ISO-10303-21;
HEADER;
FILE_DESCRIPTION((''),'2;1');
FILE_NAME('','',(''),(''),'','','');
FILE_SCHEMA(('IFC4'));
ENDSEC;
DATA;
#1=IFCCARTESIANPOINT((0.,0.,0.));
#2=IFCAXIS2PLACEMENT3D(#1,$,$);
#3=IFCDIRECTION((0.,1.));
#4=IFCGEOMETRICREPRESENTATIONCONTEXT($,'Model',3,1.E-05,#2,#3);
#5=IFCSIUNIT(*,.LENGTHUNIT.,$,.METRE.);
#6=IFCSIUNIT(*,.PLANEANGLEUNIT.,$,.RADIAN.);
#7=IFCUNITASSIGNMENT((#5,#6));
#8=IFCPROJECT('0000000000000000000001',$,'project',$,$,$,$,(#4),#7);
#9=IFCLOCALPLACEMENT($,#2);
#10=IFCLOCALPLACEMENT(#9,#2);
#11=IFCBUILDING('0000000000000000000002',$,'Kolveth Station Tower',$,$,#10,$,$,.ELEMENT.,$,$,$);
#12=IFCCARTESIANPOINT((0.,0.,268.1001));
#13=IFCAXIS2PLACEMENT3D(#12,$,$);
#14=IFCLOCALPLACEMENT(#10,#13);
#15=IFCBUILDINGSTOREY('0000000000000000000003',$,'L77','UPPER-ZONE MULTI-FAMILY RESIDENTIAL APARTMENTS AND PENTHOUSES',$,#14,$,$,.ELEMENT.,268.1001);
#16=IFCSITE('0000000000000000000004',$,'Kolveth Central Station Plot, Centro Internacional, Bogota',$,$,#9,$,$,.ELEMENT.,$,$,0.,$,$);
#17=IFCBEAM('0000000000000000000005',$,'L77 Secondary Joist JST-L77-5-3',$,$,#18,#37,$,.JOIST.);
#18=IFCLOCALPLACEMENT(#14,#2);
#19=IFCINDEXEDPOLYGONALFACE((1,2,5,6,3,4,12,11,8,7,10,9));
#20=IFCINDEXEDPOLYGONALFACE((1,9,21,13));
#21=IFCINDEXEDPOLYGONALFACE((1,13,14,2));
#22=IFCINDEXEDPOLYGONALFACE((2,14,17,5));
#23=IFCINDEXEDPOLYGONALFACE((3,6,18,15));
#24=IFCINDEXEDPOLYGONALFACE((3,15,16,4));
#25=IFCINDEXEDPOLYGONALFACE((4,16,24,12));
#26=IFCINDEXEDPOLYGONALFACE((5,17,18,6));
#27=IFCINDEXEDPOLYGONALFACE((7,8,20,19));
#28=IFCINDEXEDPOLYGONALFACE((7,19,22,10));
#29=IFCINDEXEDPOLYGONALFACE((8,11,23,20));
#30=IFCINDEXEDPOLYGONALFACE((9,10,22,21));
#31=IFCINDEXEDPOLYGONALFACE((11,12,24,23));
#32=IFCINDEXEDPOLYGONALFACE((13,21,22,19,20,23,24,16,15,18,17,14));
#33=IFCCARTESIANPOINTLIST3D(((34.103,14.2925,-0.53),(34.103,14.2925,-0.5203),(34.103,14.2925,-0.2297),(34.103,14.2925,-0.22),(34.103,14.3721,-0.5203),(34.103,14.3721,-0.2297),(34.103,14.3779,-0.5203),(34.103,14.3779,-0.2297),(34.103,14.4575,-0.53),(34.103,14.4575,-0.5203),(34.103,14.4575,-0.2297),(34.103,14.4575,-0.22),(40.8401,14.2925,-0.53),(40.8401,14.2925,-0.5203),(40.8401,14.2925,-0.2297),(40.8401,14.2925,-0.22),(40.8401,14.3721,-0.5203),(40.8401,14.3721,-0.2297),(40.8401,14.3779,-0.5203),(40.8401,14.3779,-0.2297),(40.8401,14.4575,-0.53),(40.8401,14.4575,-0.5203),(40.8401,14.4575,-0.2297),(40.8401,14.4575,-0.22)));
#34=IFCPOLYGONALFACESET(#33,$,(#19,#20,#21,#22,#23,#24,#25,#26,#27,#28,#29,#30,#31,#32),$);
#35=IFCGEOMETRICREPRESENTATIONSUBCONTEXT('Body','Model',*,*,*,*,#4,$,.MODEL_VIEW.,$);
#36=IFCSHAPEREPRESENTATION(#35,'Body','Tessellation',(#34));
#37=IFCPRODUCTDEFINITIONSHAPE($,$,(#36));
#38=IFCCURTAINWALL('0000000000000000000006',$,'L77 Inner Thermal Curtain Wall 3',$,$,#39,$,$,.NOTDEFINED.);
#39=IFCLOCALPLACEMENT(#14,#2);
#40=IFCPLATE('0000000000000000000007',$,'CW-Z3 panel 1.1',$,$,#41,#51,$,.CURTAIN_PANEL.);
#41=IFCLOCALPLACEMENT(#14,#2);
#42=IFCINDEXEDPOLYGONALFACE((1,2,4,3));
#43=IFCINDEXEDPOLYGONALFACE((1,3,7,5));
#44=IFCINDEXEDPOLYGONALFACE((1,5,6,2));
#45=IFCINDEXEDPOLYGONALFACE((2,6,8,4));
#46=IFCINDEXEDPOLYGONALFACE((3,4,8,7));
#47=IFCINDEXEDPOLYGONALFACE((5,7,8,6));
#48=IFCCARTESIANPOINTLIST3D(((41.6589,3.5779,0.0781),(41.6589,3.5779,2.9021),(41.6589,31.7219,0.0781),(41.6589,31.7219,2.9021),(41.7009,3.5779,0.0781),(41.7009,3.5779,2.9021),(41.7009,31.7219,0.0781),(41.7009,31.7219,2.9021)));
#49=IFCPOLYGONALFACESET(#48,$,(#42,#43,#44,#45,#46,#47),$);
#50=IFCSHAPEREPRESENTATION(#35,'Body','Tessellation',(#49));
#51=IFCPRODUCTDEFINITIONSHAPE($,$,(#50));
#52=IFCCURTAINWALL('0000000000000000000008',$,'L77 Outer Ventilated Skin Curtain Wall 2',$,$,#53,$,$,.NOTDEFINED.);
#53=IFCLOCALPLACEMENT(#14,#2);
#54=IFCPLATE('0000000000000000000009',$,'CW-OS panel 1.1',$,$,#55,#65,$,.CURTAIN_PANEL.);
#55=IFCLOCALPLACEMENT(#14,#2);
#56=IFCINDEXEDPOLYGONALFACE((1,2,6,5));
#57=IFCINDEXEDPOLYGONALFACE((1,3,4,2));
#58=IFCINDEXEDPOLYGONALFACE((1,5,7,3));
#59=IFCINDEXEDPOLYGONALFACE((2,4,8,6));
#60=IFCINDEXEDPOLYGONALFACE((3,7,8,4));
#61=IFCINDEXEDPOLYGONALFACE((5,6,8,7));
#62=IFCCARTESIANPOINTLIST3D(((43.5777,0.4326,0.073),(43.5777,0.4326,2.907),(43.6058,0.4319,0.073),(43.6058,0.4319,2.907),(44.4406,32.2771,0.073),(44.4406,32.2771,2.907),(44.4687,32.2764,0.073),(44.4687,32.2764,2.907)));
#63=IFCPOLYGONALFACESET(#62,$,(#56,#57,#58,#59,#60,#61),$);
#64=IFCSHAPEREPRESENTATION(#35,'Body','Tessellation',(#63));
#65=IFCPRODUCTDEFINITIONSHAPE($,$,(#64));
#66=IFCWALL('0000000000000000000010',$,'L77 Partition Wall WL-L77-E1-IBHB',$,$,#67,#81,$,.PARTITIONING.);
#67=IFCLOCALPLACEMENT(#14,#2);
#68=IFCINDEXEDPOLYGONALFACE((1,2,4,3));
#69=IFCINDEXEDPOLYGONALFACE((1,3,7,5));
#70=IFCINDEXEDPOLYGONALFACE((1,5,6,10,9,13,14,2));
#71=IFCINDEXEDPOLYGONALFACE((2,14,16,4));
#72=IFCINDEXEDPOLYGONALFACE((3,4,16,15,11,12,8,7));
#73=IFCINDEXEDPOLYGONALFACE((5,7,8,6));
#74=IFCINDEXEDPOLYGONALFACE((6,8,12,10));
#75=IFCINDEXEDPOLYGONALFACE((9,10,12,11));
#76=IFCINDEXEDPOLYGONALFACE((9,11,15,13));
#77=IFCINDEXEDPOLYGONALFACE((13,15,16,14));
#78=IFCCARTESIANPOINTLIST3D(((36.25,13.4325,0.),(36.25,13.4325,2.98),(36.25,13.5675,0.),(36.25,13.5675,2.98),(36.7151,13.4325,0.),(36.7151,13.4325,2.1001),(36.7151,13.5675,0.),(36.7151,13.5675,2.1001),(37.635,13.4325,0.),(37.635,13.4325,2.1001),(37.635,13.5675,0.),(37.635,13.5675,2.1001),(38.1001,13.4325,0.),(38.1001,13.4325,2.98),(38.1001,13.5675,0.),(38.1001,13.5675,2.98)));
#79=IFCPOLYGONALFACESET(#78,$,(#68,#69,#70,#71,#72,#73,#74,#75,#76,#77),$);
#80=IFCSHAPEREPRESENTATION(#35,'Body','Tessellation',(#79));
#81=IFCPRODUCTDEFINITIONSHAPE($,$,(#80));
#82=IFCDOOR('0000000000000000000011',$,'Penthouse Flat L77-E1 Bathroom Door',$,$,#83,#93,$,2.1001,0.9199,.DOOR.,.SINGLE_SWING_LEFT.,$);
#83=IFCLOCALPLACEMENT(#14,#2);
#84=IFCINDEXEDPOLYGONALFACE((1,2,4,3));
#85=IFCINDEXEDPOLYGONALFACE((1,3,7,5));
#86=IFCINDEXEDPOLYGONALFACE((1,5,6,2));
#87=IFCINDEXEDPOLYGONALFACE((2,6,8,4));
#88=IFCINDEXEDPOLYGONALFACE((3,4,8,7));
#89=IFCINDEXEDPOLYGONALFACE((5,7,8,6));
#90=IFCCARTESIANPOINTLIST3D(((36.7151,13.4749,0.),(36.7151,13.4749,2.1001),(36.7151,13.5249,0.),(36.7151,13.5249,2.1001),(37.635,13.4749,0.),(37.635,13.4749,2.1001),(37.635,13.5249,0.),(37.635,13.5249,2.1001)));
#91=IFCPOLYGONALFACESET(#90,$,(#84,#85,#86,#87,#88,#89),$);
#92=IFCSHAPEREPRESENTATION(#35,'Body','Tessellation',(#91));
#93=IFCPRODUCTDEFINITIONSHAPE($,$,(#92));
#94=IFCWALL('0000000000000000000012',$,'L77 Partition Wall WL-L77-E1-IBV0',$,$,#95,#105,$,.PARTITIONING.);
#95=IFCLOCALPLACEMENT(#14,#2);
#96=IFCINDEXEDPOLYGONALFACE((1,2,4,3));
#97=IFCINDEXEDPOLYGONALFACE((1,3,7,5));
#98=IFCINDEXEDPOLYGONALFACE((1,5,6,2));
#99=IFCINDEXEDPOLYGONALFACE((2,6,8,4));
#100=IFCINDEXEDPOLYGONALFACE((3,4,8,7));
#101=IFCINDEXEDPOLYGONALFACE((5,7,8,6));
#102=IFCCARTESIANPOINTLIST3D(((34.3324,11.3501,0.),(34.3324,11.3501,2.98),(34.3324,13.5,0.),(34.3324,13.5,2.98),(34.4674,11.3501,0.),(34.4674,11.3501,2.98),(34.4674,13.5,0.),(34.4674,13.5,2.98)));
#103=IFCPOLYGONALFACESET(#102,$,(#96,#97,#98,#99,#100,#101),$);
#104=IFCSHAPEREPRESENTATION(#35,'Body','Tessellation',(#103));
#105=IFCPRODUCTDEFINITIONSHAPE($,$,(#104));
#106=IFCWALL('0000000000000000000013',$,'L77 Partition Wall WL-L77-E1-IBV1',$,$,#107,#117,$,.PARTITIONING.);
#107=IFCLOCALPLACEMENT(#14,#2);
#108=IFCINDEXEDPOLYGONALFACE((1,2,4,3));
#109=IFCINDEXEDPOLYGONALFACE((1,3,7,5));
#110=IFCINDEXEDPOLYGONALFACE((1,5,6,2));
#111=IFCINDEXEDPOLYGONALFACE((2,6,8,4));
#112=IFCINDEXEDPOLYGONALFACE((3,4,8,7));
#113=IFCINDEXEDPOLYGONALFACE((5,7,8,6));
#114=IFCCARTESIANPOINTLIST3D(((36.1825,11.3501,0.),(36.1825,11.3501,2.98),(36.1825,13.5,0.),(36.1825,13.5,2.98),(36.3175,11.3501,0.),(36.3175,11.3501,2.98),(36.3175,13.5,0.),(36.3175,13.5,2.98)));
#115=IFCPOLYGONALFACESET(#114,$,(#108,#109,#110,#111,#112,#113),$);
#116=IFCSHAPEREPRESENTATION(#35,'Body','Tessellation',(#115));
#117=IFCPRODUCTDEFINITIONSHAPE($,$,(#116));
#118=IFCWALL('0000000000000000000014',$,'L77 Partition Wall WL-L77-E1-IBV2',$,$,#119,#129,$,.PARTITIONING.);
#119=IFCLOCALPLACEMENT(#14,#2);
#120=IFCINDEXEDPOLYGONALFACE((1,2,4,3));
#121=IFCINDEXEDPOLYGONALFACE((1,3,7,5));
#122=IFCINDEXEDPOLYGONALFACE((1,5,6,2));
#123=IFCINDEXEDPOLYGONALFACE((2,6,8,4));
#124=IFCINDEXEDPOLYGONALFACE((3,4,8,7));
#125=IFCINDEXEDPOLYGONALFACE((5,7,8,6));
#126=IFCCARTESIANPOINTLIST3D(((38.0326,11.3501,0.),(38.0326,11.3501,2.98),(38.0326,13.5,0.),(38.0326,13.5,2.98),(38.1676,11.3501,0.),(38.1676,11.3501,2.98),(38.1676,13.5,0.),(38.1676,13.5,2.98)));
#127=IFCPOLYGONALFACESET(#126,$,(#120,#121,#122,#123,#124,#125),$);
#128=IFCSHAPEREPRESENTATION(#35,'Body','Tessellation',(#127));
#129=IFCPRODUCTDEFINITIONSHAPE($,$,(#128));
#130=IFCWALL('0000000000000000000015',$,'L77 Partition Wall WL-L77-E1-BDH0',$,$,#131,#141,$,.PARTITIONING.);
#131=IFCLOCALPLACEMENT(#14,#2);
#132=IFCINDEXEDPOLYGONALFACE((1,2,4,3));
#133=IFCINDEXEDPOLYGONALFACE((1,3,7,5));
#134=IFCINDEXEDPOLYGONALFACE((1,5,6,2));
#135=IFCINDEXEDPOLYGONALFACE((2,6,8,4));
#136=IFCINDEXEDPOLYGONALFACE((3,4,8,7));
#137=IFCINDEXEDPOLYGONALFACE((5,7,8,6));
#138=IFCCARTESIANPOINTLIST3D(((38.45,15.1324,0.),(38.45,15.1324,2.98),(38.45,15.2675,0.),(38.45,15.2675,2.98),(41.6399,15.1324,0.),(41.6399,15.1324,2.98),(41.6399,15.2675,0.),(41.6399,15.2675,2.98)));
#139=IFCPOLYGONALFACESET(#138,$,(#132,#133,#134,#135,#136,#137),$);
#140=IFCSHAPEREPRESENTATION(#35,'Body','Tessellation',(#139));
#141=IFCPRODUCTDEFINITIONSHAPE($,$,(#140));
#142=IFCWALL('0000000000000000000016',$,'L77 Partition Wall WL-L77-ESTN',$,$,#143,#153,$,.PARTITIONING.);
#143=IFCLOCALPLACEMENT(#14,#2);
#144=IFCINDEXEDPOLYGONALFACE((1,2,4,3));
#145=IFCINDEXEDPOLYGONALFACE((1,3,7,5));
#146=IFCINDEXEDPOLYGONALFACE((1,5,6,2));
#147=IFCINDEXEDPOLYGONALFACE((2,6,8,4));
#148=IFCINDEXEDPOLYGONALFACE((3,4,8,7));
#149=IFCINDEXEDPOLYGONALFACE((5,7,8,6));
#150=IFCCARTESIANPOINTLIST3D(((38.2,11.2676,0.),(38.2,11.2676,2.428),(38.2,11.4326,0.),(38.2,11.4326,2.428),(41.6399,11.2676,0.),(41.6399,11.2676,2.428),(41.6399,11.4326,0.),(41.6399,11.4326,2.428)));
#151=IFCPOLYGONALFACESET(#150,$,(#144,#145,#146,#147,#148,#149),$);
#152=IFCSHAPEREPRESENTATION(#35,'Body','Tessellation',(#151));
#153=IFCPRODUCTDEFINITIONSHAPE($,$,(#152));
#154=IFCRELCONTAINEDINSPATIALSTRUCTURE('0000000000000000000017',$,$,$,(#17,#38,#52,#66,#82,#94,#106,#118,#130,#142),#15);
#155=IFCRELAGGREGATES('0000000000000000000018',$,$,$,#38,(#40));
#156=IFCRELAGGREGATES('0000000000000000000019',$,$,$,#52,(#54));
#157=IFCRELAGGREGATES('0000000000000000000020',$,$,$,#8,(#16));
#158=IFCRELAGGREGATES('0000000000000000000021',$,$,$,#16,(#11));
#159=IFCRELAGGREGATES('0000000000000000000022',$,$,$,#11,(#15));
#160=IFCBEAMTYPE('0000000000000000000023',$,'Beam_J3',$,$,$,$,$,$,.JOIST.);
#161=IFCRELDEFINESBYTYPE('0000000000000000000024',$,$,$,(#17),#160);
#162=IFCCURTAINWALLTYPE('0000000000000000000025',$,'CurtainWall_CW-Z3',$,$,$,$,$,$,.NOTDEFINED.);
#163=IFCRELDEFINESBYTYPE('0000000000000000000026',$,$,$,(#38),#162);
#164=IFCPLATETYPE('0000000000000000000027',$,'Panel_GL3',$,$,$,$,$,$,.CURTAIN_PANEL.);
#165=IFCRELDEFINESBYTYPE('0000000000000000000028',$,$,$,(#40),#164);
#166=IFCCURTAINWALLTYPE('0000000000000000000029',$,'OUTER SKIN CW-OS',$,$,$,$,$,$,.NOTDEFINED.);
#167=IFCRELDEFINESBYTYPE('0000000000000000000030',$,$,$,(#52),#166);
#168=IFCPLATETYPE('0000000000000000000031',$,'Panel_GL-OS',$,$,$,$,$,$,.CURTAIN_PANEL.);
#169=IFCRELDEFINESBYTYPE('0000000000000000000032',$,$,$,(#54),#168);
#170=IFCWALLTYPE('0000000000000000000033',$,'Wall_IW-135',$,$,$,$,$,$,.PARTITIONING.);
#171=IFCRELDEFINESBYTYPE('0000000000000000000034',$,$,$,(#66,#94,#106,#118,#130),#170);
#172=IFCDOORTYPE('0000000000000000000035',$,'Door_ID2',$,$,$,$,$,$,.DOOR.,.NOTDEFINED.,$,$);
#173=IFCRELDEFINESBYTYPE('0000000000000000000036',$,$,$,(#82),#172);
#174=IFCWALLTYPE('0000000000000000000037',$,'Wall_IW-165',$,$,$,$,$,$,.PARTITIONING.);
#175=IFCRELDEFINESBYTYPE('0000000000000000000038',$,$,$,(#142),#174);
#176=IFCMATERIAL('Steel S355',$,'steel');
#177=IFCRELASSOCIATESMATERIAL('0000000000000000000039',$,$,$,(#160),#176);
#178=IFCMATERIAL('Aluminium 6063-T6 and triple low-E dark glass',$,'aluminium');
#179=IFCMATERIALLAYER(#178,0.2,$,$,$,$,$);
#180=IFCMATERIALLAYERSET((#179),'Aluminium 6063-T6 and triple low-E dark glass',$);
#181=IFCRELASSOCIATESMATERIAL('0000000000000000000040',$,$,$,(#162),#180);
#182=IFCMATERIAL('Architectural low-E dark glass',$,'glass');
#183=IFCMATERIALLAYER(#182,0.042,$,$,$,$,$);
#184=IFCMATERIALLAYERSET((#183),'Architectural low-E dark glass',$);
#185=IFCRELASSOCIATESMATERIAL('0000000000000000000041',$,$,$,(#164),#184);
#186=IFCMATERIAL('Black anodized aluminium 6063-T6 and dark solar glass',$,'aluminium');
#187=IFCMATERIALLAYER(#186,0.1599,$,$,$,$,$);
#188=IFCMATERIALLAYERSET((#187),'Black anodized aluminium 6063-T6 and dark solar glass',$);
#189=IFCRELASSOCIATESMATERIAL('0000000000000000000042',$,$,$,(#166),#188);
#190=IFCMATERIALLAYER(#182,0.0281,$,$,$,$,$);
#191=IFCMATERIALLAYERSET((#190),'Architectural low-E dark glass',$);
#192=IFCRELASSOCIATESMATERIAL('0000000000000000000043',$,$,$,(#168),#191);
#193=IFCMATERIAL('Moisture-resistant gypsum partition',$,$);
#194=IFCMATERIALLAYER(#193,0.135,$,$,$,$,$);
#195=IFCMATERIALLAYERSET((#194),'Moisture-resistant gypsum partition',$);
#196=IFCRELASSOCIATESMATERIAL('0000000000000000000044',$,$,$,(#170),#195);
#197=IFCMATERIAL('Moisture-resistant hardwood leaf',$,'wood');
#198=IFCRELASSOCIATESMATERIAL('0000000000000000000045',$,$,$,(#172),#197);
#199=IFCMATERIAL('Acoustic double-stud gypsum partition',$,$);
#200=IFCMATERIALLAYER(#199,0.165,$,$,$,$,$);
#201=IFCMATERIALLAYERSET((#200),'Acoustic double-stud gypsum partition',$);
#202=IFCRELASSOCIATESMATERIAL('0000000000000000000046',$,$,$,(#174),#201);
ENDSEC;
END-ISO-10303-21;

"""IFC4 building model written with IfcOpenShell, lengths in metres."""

from ifc_helpers import new_model, si_unit, direction, frame, frame_2d, origin, origin_2d, place, context, subcontext, project, spatial, rectangle, i_section, extrude, source, transform, mapped, material, layer, layer_set, material_profile, profile_set, type_object, element, fill, aggregate, save


model = new_model("IFC4")

# Units and contexts
model_context = context("Model", 3, precision=1e-05, world=origin(), true_north=direction((0.0, 1.0)))
body_context = subcontext(model_context, "Body", "Model", "MODEL_VIEW")
ifc_project = project(units=[si_unit("LENGTHUNIT", "METRE"), si_unit("PLANEANGLEUNIT", "RADIAN")], contexts=[model_context])

# Site, building, storey
site_placement = place(None, origin())
site = spatial("IfcSite", under=ifc_project, at=site_placement, Name="Kolveth Central Station Plot, Centro Internacional, Bogota", CompositionType="ELEMENT", RefElevation=0.0)
building_placement = place(site_placement, origin())
building = spatial("IfcBuilding", under=site, at=building_placement, Name="Kolveth Station Tower", CompositionType="ELEMENT")
storey_placement = place(building_placement, frame((0.0, 0.0, 268.1001)))
storey = spatial("IfcBuildingStorey", under=building, at=storey_placement, Name="L77", Description="UPPER-ZONE MULTI-FAMILY RESIDENTIAL APARTMENTS AND PENTHOUSES", CompositionType="ELEMENT", Elevation=268.1001)

# Shared definitions
ifc_material_1 = material(Name="Steel S355", Category="steel")

# Beam
ifc_material_profile_1 = material_profile(ifc_material_1, i_section(OverallWidth=0.165, OverallDepth=0.3101, WebThickness=0.0059, FlangeThickness=0.0098, at=origin_2d()), Name="W310x39")
ifc_profile_set_1 = profile_set([ifc_material_profile_1], Name="Steel S355")
beam_type_1 = type_object("IfcBeamType", Name="Beam_J3", PredefinedType="JOIST", material=ifc_profile_set_1)
shared_shape_1 = source(origin(), body_context, "Body", "SweptSolid", [
    extrude(i_section(OverallWidth=0.165, OverallDepth=0.3101, WebThickness=0.0059, FlangeThickness=0.0098, at=origin_2d()), origin(), (0.0, 0.0, 1.0), 6.7371),
])
beam_1_placement = place(storey_placement, frame((34.103, 14.375, -0.375), z_axis=(1.0, 0.0, 0.0), x_axis=(0.0, 1.0, 0.0)))
element("IfcBeam", 1, at=beam_1_placement, inside=storey, type_object=beam_type_1, Name="L77 Secondary Joist JST-L77-5-3", PredefinedType="JOIST", context=body_context, shape_type="MappedRepresentation", body=[
    mapped(shared_shape_1, transform((0.0, 0.0, 0.0), x_axis=(1.0, 0.0, 0.0), y_axis=(0.0, 1.0, 0.0), z_axis=(0.0, 0.0, 1.0), scale=1.0)),
])

# Curtain walls, plates
ifc_material_2 = material(Name="Aluminium 6063-T6 and triple low-E dark glass", Category="aluminium")
ifc_layer_1 = layer(ifc_material_2, 0.2)
ifc_layer_set_1 = layer_set([ifc_layer_1], Name="Aluminium 6063-T6 and triple low-E dark glass")
curtain_wall_type_1 = type_object("IfcCurtainWallType", Name="CurtainWall_CW-Z3", PredefinedType="NOTDEFINED", material=ifc_layer_set_1)
curtain_wall_1_placement = place(storey_placement, origin())
curtain_wall_1 = element("IfcCurtainWall", 2, at=curtain_wall_1_placement, inside=storey, type_object=curtain_wall_type_1, Name="L77 Inner Thermal Curtain Wall 3", PredefinedType="NOTDEFINED")
ifc_material_3 = material(Name="Architectural low-E dark glass", Category="glass")
ifc_layer_2 = layer(ifc_material_3, 0.042)
ifc_layer_set_2 = layer_set([ifc_layer_2], Name="Architectural low-E dark glass")
plate_type_1 = type_object("IfcPlateType", Name="Panel_GL3", PredefinedType="CURTAIN_PANEL", material=ifc_layer_set_2)
shared_shape_2 = source(origin(), body_context, "Body", "SweptSolid", [
    extrude(rectangle(XDim=28.144, YDim=0.042, at=origin_2d()), origin(), (0.0, 0.0, 1.0), 2.824),
])
plate_1_placement = place(storey_placement, frame((41.6799, 17.6499, 0.0781), z_axis=(0.0, 0.0, 1.0), x_axis=(0.0, 1.0, 0.0)))
plate_1 = element("IfcPlate", 3, at=plate_1_placement, type_object=plate_type_1, Name="CW-Z3 panel 1.1", PredefinedType="CURTAIN_PANEL", context=body_context, shape_type="MappedRepresentation", body=[
    mapped(shared_shape_2, transform((0.0, 0.0, 0.0), x_axis=(1.0, 0.0, 0.0), y_axis=(0.0, 1.0, 0.0), z_axis=(0.0, 0.0, 1.0), scale=1.0)),
])
aggregate(curtain_wall_1, [plate_1])
ifc_material_4 = material(Name="Black anodized aluminium 6063-T6 and dark solar glass", Category="aluminium")
ifc_layer_3 = layer(ifc_material_4, 0.1599)
ifc_layer_set_3 = layer_set([ifc_layer_3], Name="Black anodized aluminium 6063-T6 and dark solar glass")
curtain_wall_type_2 = type_object("IfcCurtainWallType", Name="OUTER SKIN CW-OS", PredefinedType="NOTDEFINED", material=ifc_layer_set_3)
curtain_wall_2_placement = place(storey_placement, origin())
curtain_wall_2 = element("IfcCurtainWall", 4, at=curtain_wall_2_placement, inside=storey, type_object=curtain_wall_type_2, Name="L77 Outer Ventilated Skin Curtain Wall 2", PredefinedType="NOTDEFINED")
ifc_layer_4 = layer(ifc_material_3, 0.0281)
ifc_layer_set_4 = layer_set([ifc_layer_4], Name="Architectural low-E dark glass")
plate_type_2 = type_object("IfcPlateType", Name="Panel_GL-OS", PredefinedType="CURTAIN_PANEL", material=ifc_layer_set_4)
shared_shape_3 = source(origin(), body_context, "Body", "SweptSolid", [
    extrude(rectangle(XDim=31.8562, YDim=0.0281, at=origin_2d()), origin(), (0.0, 0.0, 1.0), 2.834),
])
plate_2_placement = place(storey_placement, frame((44.0232, 16.3545, 0.073), z_axis=(0.0, 0.0, 1.0), x_axis=(0.027088, 0.999633, 0.0)))
plate_2 = element("IfcPlate", 5, at=plate_2_placement, type_object=plate_type_2, Name="CW-OS panel 1.1", PredefinedType="CURTAIN_PANEL", context=body_context, shape_type="MappedRepresentation", body=[
    mapped(shared_shape_3, transform((0.0, 0.0, 0.0), x_axis=(1.0, 0.0, 0.0), y_axis=(0.0, 1.0, 0.0), z_axis=(0.0, 0.0, 1.0), scale=1.0)),
])
aggregate(curtain_wall_2, [plate_2])

# Wall, opening, door
ifc_material_5 = material(Name="Moisture-resistant gypsum partition")
ifc_layer_5 = layer(ifc_material_5, 0.135)
ifc_layer_set_5 = layer_set([ifc_layer_5], Name="Moisture-resistant gypsum partition")
wall_type_1 = type_object("IfcWallType", Name="Wall_IW-135", PredefinedType="PARTITIONING", material=ifc_layer_set_5)
wall_1_placement = place(storey_placement, frame((36.25, 13.5, 0.0), z_axis=(0.0, 0.0, 1.0), x_axis=(1.0, 0.0, 0.0)))
wall_1 = element("IfcWall", 6, at=wall_1_placement, inside=storey, type_object=wall_type_1, Name="L77 Partition Wall WL-L77-E1-IBHB", PredefinedType="PARTITIONING", context=body_context, shape_type="SweptSolid", body=[
    extrude(rectangle(XDim=1.8501, YDim=0.135, at=frame_2d((0.925, 0.0))), origin(), (0.0, 0.0, 1.0), 2.98),
])
opening_1_placement = place(wall_1_placement, frame((0.4651, 0.0, 0.0)))
opening_1 = element("IfcOpeningElement", 7, at=opening_1_placement, cuts=wall_1, PredefinedType="OPENING", context=body_context, shape_type="SweptSolid", body=[
    extrude(rectangle(XDim=0.9199, YDim=2.1001, at=frame_2d((0.46, 1.05))), frame((0.0, 0.0774, 0.0), z_axis=(0.0, -1.0, 0.0), x_axis=(1.0, 0.0, 0.0)), (0.0, 0.0, 1.0), 0.155),
])
ifc_material_6 = material(Name="Moisture-resistant hardwood leaf", Category="wood")
door_type_1 = type_object("IfcDoorType", Name="Door_ID2", OperationType="NOTDEFINED", PredefinedType="DOOR", material=ifc_material_6)
door_1_placement = place(opening_1_placement, origin())
door_1 = element("IfcDoor", 8, at=door_1_placement, inside=storey, type_object=door_type_1, Name="Penthouse Flat L77-E1 Bathroom Door", OperationType="SINGLE_SWING_LEFT", OverallHeight=2.1001, OverallWidth=0.9199, PredefinedType="DOOR", context=body_context, shape_type="SweptSolid", body=[
    extrude(rectangle(XDim=0.9199, YDim=2.1001, at=frame_2d((0.46, 1.05))), frame((0.0, 0.0249, 0.0), z_axis=(0.0, -1.0, 0.0), x_axis=(1.0, 0.0, 0.0)), (0.0, 0.0, 1.0), 0.05),
])
fill(opening_1, door_1)

# Walls
for number, where, z_axis, x_axis, name in (
    (9, (34.3999, 11.3501, 0.0), (0.0, 0.0, 1.0), (0.0, 1.0, 0.0), "L77 Partition Wall WL-L77-E1-IBV0"),
    (10, (36.25, 11.3501, 0.0), (0.0, 0.0, 1.0), (0.0, 1.0, 0.0), "L77 Partition Wall WL-L77-E1-IBV1"),
    (11, (38.1001, 11.3501, 0.0), (0.0, 0.0, 1.0), (0.0, 1.0, 0.0), "L77 Partition Wall WL-L77-E1-IBV2"),
):
    element("IfcWall", number, at=place(storey_placement, frame(where, z_axis=z_axis, x_axis=x_axis)), inside=storey, type_object=wall_type_1, Name=name, PredefinedType="PARTITIONING", context=body_context, shape_type="SweptSolid", body=[
        extrude(rectangle(XDim=2.1499, YDim=0.135, at=frame_2d((1.075, 0.0))), origin(), (0.0, 0.0, 1.0), 2.98),
    ])
wall_2_placement = place(storey_placement, frame((38.45, 15.2, 0.0), z_axis=(0.0, 0.0, 1.0), x_axis=(1.0, 0.0, 0.0)))
element("IfcWall", 12, at=wall_2_placement, inside=storey, type_object=wall_type_1, Name="L77 Partition Wall WL-L77-E1-BDH0", PredefinedType="PARTITIONING", context=body_context, shape_type="SweptSolid", body=[
    extrude(rectangle(XDim=3.1899, YDim=0.135, at=frame_2d((1.595, 0.0))), origin(), (0.0, 0.0, 1.0), 2.98),
])

# Shared definitions
ifc_material_7 = material(Name="Acoustic double-stud gypsum partition")
ifc_layer_6 = layer(ifc_material_7, 0.165)
ifc_layer_set_6 = layer_set([ifc_layer_6], Name="Acoustic double-stud gypsum partition")
wall_type_2 = type_object("IfcWallType", Name="Wall_IW-165", PredefinedType="PARTITIONING", material=ifc_layer_set_6)

# Wall
wall_3_placement = place(storey_placement, frame((38.2, 11.3501, 0.0), z_axis=(0.0, 0.0, 1.0), x_axis=(1.0, 0.0, 0.0)))
element("IfcWall", 13, at=wall_3_placement, inside=storey, type_object=wall_type_2, Name="L77 Partition Wall WL-L77-ESTN", PredefinedType="PARTITIONING", context=body_context, shape_type="SweptSolid", body=[
    extrude(rectangle(XDim=3.4399, YDim=0.165, at=frame_2d((1.72, 0.0))), origin(), (0.0, 0.0, 1.0), 2.428),
])

save(model, "model.ifc")
